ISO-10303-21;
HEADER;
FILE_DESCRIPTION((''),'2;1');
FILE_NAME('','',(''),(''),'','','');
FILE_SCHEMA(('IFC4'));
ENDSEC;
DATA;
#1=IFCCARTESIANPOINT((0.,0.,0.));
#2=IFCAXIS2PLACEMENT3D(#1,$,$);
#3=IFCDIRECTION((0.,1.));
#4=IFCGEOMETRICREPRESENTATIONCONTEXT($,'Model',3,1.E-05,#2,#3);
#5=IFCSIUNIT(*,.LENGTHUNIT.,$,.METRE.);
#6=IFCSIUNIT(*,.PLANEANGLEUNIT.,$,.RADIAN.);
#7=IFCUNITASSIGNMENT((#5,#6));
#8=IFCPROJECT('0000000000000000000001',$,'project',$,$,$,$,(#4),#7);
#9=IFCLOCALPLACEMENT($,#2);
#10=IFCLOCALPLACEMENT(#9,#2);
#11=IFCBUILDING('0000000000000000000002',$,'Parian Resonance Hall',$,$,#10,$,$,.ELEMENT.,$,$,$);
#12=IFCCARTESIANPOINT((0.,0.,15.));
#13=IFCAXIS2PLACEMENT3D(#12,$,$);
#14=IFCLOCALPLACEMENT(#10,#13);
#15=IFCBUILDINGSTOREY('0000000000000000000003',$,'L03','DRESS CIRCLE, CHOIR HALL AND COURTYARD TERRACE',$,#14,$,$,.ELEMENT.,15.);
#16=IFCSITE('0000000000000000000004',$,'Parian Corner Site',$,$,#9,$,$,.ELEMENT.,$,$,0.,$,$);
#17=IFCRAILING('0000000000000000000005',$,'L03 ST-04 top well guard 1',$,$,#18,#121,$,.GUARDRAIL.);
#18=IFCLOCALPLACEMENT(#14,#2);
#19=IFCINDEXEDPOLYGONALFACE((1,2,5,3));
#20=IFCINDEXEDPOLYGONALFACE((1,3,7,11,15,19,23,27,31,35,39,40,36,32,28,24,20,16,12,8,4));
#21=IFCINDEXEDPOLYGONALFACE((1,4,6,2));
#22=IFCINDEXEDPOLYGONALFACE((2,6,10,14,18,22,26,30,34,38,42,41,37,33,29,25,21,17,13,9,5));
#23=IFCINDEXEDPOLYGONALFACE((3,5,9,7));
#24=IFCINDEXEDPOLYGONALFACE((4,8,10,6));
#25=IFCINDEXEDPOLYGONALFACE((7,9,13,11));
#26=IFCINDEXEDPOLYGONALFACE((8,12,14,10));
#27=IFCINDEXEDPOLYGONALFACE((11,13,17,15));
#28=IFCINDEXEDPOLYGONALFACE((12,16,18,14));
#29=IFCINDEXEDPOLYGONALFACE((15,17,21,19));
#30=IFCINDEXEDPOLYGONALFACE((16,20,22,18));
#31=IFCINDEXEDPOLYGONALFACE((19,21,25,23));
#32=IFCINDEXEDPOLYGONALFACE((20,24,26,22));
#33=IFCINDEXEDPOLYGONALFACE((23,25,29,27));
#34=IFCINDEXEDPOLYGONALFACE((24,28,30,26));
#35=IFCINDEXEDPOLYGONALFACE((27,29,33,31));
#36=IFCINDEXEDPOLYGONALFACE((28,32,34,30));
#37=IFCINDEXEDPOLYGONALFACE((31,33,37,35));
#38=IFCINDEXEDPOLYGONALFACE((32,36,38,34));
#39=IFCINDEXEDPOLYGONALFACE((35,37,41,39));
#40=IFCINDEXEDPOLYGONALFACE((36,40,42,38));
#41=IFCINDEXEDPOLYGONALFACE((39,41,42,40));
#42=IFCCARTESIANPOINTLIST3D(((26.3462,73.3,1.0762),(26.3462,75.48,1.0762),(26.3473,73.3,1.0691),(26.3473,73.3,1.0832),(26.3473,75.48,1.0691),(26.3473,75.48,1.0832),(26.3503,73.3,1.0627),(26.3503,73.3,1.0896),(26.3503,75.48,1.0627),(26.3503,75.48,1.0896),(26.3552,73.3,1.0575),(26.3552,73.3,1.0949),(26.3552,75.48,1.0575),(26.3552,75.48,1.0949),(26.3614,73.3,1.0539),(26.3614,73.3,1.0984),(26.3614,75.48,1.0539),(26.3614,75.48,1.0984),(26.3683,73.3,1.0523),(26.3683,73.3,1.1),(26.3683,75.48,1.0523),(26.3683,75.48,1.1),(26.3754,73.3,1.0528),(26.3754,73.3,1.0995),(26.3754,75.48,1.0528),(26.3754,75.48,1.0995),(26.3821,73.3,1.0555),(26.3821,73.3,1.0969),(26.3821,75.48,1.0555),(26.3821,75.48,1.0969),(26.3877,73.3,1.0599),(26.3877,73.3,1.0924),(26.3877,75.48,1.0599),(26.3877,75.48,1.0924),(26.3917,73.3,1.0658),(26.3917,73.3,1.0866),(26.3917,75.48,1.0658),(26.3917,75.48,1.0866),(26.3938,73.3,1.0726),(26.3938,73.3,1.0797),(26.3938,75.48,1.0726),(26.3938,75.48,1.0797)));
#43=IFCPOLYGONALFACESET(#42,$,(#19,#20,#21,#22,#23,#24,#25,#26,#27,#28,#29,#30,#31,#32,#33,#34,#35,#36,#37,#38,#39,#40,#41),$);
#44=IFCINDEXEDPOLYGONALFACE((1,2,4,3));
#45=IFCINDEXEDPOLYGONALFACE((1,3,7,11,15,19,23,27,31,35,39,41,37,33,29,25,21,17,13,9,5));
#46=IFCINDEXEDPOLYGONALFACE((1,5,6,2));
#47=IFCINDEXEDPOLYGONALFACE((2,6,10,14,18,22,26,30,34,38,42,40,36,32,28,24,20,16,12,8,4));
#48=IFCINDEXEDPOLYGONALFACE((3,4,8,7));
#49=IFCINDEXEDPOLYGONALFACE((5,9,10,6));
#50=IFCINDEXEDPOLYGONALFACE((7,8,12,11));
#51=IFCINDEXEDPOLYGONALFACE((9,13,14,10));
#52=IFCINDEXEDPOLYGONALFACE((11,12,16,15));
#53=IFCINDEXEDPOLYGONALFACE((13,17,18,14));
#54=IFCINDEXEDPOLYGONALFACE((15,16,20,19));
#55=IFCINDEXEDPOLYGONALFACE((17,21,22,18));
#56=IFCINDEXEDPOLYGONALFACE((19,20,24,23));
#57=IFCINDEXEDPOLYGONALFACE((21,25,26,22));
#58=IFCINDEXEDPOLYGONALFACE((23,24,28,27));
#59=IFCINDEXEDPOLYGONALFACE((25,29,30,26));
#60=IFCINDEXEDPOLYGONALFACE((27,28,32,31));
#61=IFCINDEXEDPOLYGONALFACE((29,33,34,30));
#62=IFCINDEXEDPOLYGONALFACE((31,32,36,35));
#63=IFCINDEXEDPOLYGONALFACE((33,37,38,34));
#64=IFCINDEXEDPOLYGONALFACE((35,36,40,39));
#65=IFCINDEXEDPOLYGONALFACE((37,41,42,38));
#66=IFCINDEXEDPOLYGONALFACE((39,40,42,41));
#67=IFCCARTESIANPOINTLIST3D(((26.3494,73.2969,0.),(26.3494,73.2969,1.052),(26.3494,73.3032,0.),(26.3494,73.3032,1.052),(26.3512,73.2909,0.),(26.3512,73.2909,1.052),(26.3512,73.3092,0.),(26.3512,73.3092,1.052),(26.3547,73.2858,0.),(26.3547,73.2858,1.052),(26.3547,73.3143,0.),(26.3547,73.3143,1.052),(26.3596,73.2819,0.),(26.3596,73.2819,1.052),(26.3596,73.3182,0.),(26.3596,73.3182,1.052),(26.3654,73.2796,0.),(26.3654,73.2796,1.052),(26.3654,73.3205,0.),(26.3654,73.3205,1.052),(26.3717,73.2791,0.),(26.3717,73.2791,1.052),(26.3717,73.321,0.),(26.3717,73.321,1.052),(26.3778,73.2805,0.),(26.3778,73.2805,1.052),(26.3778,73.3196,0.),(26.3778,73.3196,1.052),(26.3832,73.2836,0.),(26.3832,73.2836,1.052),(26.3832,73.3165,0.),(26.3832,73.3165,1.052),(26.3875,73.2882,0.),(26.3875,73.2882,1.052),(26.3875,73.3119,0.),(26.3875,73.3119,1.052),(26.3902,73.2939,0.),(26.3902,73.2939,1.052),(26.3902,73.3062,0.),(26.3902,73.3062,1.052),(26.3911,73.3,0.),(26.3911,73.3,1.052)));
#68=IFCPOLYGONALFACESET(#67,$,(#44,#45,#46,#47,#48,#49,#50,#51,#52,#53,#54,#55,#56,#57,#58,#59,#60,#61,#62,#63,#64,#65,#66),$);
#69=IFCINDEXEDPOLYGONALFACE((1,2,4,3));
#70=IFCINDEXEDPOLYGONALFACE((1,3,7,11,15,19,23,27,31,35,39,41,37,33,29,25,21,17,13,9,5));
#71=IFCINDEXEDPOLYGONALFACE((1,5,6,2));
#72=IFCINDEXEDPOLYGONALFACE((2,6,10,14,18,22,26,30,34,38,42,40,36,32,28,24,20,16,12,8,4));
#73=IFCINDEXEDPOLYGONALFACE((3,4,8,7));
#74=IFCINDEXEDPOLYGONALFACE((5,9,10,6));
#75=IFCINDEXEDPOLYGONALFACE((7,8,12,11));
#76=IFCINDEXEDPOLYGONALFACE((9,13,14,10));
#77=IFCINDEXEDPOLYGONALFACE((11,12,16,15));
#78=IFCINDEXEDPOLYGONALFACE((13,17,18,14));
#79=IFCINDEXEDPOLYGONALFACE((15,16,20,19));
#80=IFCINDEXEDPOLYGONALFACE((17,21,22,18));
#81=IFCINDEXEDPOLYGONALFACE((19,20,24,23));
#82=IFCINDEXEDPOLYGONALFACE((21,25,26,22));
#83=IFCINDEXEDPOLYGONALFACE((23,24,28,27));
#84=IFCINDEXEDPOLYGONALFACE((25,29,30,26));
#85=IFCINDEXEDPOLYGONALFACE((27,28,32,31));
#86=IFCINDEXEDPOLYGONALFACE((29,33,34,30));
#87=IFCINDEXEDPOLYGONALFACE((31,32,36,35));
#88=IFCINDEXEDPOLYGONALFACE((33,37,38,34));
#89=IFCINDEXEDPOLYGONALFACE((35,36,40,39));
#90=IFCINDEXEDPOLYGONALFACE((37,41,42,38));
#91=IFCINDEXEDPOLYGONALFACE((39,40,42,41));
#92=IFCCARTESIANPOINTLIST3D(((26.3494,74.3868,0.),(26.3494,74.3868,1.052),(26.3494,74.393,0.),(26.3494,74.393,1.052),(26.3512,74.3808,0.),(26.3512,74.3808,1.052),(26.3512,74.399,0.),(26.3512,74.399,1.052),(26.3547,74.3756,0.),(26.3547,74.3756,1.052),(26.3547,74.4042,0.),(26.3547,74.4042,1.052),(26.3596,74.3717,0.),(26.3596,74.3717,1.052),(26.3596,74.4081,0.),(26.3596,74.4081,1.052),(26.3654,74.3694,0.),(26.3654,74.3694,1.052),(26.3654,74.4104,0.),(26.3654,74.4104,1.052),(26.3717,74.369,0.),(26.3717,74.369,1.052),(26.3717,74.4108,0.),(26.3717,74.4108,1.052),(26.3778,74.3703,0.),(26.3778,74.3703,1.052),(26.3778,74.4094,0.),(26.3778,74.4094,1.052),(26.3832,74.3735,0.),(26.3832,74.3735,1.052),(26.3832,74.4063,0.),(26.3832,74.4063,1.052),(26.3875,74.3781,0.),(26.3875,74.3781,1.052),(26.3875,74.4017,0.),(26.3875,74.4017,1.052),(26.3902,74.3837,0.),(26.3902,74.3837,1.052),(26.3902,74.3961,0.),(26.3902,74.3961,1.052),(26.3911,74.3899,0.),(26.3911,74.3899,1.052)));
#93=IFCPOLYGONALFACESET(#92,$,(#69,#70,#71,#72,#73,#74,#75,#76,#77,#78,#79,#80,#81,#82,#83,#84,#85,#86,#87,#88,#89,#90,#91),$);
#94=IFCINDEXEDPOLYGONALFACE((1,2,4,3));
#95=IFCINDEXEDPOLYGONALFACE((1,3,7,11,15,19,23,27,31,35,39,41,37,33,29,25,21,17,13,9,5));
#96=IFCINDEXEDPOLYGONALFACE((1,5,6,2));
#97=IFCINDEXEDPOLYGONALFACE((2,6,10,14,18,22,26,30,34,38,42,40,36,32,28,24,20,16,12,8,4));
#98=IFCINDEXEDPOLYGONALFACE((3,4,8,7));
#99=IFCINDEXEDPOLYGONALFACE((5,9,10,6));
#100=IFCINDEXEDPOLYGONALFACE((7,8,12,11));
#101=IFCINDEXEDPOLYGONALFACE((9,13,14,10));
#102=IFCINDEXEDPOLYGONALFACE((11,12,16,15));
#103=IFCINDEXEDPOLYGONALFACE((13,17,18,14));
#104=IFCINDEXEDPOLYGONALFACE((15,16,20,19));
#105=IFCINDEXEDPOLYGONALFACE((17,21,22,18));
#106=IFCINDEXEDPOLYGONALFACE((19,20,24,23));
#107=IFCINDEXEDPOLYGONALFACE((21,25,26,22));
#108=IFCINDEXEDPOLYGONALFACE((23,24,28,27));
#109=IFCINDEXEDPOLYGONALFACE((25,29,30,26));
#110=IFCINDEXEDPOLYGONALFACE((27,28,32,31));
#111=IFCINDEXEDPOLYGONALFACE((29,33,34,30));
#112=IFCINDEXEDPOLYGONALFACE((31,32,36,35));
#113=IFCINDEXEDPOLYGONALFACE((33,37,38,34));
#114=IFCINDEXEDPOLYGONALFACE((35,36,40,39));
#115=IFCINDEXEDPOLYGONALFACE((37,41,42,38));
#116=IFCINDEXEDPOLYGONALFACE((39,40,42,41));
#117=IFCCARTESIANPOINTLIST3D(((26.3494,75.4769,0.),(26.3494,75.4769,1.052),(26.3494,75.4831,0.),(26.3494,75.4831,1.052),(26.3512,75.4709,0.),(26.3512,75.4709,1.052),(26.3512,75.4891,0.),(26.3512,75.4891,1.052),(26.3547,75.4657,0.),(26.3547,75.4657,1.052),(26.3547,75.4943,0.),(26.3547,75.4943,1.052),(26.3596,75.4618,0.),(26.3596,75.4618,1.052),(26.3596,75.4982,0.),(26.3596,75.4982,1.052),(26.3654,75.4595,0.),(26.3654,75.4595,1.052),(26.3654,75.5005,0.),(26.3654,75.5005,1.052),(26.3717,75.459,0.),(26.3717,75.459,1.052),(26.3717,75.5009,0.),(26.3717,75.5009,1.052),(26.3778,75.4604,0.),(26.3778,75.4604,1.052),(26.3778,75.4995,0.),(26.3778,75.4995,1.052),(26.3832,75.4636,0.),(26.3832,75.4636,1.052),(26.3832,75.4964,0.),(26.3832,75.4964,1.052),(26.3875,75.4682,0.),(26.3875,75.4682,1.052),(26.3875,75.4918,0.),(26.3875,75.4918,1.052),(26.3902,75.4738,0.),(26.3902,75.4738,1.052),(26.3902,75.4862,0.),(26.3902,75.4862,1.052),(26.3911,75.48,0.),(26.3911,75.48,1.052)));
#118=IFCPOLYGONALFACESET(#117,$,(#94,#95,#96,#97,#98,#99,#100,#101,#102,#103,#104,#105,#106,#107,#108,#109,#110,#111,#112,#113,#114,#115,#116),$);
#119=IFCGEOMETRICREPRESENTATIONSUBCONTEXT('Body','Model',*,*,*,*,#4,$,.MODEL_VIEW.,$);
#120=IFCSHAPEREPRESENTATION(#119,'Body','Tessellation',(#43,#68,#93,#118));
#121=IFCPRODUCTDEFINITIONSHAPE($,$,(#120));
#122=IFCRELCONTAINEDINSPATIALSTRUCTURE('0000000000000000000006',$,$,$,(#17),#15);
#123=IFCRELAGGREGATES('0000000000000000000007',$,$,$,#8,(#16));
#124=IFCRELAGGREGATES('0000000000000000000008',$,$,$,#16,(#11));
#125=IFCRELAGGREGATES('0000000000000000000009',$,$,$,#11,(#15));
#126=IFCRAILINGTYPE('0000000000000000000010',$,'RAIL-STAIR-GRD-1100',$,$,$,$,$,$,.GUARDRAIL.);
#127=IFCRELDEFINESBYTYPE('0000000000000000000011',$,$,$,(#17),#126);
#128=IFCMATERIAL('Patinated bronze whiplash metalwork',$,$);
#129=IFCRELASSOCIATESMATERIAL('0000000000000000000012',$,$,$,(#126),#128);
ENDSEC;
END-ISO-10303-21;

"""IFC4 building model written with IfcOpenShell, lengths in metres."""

from ifc_helpers import new_model, si_unit, direction, frame, origin, origin_2d, place, context, subcontext, project, spatial, circle, extrude, material, type_object, element, save


model = new_model("IFC4")

# Units and contexts
model_context = context("Model", 3, precision=1e-05, world=origin(), true_north=direction((0.0, 1.0)))
body_context = subcontext(model_context, "Body", "Model", "MODEL_VIEW")
ifc_project = project(units=[si_unit("LENGTHUNIT", "METRE"), si_unit("PLANEANGLEUNIT", "RADIAN")], contexts=[model_context])

# Site, building, storey
site_placement = place(None, origin())
site = spatial("IfcSite", under=ifc_project, at=site_placement, Name="Parian Corner Site", CompositionType="ELEMENT", RefElevation=0.0)
building_placement = place(site_placement, origin())
building = spatial("IfcBuilding", under=site, at=building_placement, Name="Parian Resonance Hall", CompositionType="ELEMENT")
storey_placement = place(building_placement, frame((0.0, 0.0, 15.0)))
storey = spatial("IfcBuildingStorey", under=building, at=storey_placement, Name="L03", Description="DRESS CIRCLE, CHOIR HALL AND COURTYARD TERRACE", CompositionType="ELEMENT", Elevation=15.0)

# Railing
ifc_material_1 = material(Name="Patinated bronze whiplash metalwork")
railing_type = type_object("IfcRailingType", Name="RAIL-STAIR-GRD-1100", PredefinedType="GUARDRAIL", material=ifc_material_1)
railing_placement = place(storey_placement, frame((26.3701, 73.3, 0.0)))
element("IfcRailing", 1, at=railing_placement, inside=storey, type_object=railing_type, Name="L03 ST-04 top well guard 1", PredefinedType="GUARDRAIL", context=body_context, shape_type="SweptSolid", body=[
    extrude(circle(Radius=0.0239, at=origin_2d()), frame((0.0, 0.0, 1.0762), z_axis=(0.0, 1.0, 0.0), x_axis=(-1.0, 0.0, 0.0)), (0.0, 0.0, 1.0), 2.1799),
    extrude(circle(Radius=0.021, at=origin_2d()), origin(), (0.0, 0.0, 1.0), 1.052),
    extrude(circle(Radius=0.021, at=origin_2d()), frame((0.0, 1.0898, 0.0)), (0.0, 0.0, 1.0), 1.052),
    extrude(circle(Radius=0.021, at=origin_2d()), frame((0.0, 2.1799, 0.0)), (0.0, 0.0, 1.0), 1.052),
])

save(model, "model.ifc")
